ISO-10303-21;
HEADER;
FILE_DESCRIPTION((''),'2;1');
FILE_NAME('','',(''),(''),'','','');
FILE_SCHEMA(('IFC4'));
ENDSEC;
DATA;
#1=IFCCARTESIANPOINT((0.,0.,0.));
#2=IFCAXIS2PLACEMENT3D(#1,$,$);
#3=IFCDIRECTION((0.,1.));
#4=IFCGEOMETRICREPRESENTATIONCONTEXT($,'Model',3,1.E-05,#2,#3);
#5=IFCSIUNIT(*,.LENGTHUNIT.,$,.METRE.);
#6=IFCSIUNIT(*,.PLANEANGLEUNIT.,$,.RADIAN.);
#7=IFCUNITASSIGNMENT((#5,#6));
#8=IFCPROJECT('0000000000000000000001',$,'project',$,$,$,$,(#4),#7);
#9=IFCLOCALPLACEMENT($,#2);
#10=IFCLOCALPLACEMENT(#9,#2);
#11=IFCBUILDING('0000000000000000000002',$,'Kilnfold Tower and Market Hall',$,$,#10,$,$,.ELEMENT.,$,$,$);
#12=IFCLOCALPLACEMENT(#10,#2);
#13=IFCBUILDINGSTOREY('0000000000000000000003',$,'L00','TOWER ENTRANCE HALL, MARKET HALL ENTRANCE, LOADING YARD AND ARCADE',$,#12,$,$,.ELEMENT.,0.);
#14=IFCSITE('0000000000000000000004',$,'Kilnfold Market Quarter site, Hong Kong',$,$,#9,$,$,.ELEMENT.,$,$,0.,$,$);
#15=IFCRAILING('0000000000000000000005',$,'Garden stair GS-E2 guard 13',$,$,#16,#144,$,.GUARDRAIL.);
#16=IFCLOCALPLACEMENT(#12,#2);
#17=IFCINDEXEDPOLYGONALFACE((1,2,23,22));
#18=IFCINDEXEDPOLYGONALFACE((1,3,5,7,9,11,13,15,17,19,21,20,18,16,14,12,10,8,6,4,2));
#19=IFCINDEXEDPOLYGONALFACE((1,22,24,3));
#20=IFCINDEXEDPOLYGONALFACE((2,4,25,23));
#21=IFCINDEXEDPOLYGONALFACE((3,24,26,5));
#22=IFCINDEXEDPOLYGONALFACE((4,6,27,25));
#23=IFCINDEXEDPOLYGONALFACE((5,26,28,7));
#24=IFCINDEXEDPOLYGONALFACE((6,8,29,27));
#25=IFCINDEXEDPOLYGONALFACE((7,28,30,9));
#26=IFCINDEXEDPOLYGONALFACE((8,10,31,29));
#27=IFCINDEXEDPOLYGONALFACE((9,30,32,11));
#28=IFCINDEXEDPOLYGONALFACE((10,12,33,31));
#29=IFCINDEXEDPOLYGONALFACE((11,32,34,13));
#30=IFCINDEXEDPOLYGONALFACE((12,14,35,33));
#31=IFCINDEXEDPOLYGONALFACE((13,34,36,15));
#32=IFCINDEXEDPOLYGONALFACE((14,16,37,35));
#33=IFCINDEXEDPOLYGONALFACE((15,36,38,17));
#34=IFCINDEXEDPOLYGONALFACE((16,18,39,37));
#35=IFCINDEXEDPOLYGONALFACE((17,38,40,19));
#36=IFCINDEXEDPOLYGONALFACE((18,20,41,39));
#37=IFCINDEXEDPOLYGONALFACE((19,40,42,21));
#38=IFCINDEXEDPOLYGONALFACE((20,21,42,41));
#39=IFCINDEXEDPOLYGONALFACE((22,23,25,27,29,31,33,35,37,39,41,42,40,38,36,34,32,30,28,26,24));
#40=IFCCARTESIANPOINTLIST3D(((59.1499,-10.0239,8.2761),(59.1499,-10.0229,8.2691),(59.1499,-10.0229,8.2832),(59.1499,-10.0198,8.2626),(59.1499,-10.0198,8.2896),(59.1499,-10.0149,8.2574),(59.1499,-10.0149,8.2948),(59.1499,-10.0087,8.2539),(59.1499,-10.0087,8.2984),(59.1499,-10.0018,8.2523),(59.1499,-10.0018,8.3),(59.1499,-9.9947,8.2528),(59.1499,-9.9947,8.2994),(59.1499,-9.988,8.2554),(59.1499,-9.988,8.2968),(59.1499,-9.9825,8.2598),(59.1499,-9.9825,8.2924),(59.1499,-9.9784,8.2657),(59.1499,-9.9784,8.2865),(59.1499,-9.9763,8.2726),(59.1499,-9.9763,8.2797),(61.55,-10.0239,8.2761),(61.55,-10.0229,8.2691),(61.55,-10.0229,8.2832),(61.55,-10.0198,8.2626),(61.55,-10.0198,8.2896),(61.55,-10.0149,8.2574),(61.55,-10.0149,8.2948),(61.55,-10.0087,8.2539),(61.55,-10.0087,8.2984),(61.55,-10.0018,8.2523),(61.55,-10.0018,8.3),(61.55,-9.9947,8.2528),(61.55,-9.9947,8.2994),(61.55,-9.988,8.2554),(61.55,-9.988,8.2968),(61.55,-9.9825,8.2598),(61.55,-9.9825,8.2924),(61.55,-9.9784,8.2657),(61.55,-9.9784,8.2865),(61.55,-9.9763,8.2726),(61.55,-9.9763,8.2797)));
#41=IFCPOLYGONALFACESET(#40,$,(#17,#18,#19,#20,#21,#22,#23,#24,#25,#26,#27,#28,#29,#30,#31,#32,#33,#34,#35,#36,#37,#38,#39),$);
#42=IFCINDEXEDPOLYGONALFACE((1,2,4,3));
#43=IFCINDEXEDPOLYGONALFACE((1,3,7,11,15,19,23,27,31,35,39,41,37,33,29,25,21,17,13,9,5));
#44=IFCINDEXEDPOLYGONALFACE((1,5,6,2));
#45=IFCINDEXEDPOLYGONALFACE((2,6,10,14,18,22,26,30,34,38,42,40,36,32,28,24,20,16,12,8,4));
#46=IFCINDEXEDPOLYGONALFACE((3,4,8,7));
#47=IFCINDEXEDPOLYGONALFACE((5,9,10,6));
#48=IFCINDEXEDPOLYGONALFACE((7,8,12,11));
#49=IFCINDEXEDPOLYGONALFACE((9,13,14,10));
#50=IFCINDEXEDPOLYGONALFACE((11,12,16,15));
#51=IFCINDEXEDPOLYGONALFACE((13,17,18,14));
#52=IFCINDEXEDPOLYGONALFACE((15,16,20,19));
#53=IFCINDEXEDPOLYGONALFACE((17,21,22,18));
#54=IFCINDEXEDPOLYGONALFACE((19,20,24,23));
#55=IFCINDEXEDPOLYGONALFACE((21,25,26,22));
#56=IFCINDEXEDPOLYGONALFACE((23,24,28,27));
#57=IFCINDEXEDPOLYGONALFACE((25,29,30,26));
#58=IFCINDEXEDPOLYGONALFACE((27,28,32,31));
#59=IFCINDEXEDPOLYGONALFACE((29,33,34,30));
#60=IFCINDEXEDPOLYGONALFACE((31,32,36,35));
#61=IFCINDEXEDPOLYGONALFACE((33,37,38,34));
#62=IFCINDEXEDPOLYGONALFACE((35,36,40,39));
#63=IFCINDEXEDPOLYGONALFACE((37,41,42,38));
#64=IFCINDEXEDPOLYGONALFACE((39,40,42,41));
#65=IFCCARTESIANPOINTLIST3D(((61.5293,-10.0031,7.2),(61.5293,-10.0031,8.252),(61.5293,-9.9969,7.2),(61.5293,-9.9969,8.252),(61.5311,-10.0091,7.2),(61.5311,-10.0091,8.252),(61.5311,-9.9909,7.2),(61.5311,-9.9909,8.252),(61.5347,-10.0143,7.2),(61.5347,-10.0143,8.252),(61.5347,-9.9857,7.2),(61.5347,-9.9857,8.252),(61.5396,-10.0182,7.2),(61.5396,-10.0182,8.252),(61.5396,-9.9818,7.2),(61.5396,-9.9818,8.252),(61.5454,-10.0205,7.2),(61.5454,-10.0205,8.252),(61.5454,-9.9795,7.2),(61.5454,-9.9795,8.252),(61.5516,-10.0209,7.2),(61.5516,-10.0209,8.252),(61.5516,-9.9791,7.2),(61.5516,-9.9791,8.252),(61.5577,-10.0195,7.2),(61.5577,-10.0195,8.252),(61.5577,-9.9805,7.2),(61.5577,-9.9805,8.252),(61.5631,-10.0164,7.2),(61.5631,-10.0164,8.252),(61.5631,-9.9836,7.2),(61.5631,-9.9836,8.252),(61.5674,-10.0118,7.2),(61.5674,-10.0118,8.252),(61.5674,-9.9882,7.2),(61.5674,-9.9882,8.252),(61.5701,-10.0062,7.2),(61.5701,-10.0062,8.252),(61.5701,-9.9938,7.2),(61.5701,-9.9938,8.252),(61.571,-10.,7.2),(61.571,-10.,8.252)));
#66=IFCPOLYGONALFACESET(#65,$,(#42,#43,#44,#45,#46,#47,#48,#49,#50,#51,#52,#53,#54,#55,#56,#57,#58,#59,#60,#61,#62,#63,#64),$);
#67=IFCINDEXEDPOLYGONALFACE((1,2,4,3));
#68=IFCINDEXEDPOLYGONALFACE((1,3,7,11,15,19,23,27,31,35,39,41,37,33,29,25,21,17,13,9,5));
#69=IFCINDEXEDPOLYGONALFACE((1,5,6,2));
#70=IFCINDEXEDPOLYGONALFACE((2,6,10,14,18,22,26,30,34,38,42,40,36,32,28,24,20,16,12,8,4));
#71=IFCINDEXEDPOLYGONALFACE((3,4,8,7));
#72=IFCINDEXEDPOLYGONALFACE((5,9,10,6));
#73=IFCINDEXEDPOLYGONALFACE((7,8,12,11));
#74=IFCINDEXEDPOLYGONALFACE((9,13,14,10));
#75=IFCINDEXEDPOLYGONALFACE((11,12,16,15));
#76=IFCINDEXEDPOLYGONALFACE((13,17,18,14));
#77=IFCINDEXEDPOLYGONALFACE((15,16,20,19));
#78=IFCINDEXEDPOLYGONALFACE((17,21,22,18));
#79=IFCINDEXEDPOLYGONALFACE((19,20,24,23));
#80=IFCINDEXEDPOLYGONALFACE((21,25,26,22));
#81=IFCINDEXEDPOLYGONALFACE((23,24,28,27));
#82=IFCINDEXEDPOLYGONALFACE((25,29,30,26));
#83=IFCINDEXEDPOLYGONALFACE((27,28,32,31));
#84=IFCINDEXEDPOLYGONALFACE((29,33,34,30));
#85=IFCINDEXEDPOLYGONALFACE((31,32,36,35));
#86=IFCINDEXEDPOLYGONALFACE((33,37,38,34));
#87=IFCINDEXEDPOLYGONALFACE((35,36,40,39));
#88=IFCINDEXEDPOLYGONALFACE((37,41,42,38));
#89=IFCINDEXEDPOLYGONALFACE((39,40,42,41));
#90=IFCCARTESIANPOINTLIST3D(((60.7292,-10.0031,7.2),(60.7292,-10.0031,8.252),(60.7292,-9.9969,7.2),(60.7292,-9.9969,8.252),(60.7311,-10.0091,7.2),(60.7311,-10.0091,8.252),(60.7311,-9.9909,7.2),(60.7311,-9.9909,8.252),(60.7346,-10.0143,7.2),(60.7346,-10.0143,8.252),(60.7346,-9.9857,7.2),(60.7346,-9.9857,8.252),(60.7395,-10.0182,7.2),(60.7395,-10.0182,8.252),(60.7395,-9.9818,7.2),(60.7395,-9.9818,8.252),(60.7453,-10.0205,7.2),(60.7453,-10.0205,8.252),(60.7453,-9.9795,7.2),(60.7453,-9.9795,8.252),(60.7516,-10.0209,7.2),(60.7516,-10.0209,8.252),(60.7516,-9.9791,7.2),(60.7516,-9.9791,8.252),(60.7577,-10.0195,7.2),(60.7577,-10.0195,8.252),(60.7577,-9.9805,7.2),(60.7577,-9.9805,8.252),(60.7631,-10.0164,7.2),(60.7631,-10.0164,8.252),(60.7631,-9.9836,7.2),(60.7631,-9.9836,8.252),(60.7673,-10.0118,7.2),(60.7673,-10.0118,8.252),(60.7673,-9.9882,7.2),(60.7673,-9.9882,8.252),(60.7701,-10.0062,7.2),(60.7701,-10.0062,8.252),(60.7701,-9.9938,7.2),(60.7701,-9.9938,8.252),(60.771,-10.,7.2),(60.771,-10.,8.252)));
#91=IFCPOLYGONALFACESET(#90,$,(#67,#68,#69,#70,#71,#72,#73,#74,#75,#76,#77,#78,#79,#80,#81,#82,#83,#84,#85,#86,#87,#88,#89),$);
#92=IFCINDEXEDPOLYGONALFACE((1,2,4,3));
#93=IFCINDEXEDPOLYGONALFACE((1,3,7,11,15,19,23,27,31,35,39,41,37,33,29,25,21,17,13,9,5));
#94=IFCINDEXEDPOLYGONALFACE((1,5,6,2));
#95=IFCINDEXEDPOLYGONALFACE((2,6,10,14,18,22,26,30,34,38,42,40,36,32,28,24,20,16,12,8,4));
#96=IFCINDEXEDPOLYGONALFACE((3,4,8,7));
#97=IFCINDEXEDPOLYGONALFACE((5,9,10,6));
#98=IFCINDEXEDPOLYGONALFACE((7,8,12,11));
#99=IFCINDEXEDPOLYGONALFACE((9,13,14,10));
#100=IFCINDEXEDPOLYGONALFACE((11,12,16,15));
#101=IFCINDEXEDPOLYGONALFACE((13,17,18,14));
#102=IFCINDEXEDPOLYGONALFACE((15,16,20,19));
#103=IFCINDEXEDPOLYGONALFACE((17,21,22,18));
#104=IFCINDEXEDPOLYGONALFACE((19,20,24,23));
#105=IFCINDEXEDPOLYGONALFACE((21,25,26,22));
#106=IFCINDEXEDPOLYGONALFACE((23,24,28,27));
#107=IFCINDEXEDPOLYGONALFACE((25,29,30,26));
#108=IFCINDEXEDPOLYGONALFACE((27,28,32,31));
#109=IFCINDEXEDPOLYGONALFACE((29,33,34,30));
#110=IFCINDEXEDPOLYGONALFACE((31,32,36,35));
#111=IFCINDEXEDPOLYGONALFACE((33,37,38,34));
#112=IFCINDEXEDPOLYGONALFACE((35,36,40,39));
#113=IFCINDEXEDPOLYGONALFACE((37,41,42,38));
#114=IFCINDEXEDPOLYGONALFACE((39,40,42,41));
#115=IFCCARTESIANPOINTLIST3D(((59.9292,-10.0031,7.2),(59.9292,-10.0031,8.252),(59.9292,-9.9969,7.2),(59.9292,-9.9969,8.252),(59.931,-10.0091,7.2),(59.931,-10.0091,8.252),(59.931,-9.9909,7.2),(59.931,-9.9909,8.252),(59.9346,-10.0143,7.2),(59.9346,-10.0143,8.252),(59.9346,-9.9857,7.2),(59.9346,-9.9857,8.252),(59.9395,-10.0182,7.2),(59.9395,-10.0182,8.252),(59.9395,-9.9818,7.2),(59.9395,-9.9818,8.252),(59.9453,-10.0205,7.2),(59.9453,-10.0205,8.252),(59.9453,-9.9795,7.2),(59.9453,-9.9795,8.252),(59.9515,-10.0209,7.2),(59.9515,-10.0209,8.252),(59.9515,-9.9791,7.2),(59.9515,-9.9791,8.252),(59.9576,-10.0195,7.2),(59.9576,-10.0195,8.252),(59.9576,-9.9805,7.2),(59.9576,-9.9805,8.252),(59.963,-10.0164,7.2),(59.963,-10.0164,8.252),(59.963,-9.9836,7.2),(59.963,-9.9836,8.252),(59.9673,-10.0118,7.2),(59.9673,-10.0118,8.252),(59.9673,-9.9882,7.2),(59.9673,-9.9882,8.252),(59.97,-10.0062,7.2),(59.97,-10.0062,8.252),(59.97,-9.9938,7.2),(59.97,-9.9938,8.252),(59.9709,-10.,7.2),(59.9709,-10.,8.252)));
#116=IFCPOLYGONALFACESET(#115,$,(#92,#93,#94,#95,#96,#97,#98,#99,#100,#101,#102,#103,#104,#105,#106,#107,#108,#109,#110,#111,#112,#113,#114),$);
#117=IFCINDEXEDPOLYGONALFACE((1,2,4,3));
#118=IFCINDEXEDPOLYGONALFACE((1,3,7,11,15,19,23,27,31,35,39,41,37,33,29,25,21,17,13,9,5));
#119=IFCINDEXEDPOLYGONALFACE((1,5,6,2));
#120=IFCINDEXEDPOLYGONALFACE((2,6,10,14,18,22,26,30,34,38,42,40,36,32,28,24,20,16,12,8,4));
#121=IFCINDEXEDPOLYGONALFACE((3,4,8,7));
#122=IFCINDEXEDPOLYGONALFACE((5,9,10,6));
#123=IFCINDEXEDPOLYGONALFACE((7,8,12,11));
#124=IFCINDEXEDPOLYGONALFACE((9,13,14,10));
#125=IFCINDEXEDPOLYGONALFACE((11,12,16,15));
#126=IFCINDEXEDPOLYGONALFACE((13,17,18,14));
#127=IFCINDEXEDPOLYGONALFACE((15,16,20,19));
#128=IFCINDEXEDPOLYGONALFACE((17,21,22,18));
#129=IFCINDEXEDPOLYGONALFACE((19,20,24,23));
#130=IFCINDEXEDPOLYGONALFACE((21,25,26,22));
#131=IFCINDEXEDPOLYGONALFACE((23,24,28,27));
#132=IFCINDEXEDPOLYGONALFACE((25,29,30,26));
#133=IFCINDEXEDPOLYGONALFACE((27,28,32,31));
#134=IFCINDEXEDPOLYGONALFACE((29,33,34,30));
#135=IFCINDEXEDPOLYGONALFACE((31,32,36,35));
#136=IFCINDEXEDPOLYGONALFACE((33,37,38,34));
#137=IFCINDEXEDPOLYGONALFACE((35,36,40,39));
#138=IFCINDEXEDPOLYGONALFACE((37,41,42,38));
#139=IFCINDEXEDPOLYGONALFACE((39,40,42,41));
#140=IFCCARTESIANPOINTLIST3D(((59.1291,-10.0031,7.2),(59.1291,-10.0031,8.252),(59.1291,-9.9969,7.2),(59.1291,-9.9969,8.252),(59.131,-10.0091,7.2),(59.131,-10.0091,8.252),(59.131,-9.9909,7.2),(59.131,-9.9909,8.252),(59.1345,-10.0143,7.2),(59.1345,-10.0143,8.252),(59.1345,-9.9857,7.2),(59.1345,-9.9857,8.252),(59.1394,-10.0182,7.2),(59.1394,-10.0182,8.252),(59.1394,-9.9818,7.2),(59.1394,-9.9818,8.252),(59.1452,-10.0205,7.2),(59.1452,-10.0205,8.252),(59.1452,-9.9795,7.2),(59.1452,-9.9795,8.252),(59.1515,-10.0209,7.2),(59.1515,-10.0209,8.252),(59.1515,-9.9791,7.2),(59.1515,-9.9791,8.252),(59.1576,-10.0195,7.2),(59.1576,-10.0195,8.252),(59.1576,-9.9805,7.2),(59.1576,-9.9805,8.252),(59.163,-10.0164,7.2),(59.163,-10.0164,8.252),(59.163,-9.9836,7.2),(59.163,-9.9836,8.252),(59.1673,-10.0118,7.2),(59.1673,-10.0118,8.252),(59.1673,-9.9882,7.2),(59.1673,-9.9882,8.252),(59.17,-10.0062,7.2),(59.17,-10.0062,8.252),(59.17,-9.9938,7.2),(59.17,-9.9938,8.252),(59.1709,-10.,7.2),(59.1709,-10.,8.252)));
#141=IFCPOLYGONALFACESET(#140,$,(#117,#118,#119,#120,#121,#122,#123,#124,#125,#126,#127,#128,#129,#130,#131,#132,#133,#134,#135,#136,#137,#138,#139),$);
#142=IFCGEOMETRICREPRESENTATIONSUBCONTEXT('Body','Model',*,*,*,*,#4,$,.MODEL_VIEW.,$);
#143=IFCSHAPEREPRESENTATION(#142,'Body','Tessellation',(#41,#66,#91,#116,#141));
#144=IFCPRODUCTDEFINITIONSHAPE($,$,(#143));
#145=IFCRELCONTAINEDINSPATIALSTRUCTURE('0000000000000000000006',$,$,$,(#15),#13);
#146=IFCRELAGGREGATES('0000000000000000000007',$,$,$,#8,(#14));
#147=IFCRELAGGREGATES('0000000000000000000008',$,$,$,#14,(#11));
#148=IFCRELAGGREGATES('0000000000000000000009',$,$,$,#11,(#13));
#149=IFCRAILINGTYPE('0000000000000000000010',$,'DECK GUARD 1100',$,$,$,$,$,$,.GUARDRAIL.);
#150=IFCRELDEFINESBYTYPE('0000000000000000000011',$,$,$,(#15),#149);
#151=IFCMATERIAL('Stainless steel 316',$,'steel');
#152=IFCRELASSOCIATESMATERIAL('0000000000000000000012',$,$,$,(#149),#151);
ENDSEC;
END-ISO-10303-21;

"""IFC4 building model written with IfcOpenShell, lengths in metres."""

from ifc_helpers import new_model, si_unit, direction, frame, origin, origin_2d, place, context, subcontext, project, spatial, circle, extrude, material, type_object, element, save


model = new_model("IFC4")

# Units and contexts
model_context = context("Model", 3, precision=1e-05, world=origin(), true_north=direction((0.0, 1.0)))
body_context = subcontext(model_context, "Body", "Model", "MODEL_VIEW")
ifc_project = project(units=[si_unit("LENGTHUNIT", "METRE"), si_unit("PLANEANGLEUNIT", "RADIAN")], contexts=[model_context])

# Site, building, storey
site_placement = place(None, origin())
site = spatial("IfcSite", under=ifc_project, at=site_placement, Name="Kilnfold Market Quarter site, Hong Kong", CompositionType="ELEMENT", RefElevation=0.0)
building_placement = place(site_placement, origin())
building = spatial("IfcBuilding", under=site, at=building_placement, Name="Kilnfold Tower and Market Hall", CompositionType="ELEMENT")
storey_placement = place(building_placement, origin())
storey = spatial("IfcBuildingStorey", under=building, at=storey_placement, Name="L00", Description="TOWER ENTRANCE HALL, MARKET HALL ENTRANCE, LOADING YARD AND ARCADE", CompositionType="ELEMENT", Elevation=0.0)

# Railing
ifc_material_1 = material(Name="Stainless steel 316", Category="steel")
railing_type_1 = type_object("IfcRailingType", Name="DECK GUARD 1100", PredefinedType="GUARDRAIL", material=ifc_material_1)
for number, where, name in (
    (1, (61.55, -10.0, 7.2), "Garden stair GS-E2 guard 13"),
):
    element("IfcRailing", number, at=place(storey_placement, frame(where)), inside=storey, type_object=railing_type_1, Name=name, PredefinedType="GUARDRAIL", context=body_context, shape_type="SweptSolid", body=[
        extrude(circle(Radius=0.0239, at=origin_2d()), frame((0.0, 0.0, 1.0762), z_axis=(-1.0, 0.0, 0.0), x_axis=(0.0, -1.0, 0.0)), (0.0, 0.0, 1.0), 2.4001),
        extrude(circle(Radius=0.021, at=origin_2d()), origin(), (0.0, 0.0, 1.0), 1.052),
        extrude(circle(Radius=0.021, at=origin_2d()), frame((-0.8, 0.0, 0.0)), (0.0, 0.0, 1.0), 1.052),
        extrude(circle(Radius=0.021, at=origin_2d()), frame((-1.6001, 0.0, 0.0)), (0.0, 0.0, 1.0), 1.052),
        extrude(circle(Radius=0.021, at=origin_2d()), frame((-2.4001, 0.0, 0.0)), (0.0, 0.0, 1.0), 1.052),
    ])

save(model, "model.ifc")
